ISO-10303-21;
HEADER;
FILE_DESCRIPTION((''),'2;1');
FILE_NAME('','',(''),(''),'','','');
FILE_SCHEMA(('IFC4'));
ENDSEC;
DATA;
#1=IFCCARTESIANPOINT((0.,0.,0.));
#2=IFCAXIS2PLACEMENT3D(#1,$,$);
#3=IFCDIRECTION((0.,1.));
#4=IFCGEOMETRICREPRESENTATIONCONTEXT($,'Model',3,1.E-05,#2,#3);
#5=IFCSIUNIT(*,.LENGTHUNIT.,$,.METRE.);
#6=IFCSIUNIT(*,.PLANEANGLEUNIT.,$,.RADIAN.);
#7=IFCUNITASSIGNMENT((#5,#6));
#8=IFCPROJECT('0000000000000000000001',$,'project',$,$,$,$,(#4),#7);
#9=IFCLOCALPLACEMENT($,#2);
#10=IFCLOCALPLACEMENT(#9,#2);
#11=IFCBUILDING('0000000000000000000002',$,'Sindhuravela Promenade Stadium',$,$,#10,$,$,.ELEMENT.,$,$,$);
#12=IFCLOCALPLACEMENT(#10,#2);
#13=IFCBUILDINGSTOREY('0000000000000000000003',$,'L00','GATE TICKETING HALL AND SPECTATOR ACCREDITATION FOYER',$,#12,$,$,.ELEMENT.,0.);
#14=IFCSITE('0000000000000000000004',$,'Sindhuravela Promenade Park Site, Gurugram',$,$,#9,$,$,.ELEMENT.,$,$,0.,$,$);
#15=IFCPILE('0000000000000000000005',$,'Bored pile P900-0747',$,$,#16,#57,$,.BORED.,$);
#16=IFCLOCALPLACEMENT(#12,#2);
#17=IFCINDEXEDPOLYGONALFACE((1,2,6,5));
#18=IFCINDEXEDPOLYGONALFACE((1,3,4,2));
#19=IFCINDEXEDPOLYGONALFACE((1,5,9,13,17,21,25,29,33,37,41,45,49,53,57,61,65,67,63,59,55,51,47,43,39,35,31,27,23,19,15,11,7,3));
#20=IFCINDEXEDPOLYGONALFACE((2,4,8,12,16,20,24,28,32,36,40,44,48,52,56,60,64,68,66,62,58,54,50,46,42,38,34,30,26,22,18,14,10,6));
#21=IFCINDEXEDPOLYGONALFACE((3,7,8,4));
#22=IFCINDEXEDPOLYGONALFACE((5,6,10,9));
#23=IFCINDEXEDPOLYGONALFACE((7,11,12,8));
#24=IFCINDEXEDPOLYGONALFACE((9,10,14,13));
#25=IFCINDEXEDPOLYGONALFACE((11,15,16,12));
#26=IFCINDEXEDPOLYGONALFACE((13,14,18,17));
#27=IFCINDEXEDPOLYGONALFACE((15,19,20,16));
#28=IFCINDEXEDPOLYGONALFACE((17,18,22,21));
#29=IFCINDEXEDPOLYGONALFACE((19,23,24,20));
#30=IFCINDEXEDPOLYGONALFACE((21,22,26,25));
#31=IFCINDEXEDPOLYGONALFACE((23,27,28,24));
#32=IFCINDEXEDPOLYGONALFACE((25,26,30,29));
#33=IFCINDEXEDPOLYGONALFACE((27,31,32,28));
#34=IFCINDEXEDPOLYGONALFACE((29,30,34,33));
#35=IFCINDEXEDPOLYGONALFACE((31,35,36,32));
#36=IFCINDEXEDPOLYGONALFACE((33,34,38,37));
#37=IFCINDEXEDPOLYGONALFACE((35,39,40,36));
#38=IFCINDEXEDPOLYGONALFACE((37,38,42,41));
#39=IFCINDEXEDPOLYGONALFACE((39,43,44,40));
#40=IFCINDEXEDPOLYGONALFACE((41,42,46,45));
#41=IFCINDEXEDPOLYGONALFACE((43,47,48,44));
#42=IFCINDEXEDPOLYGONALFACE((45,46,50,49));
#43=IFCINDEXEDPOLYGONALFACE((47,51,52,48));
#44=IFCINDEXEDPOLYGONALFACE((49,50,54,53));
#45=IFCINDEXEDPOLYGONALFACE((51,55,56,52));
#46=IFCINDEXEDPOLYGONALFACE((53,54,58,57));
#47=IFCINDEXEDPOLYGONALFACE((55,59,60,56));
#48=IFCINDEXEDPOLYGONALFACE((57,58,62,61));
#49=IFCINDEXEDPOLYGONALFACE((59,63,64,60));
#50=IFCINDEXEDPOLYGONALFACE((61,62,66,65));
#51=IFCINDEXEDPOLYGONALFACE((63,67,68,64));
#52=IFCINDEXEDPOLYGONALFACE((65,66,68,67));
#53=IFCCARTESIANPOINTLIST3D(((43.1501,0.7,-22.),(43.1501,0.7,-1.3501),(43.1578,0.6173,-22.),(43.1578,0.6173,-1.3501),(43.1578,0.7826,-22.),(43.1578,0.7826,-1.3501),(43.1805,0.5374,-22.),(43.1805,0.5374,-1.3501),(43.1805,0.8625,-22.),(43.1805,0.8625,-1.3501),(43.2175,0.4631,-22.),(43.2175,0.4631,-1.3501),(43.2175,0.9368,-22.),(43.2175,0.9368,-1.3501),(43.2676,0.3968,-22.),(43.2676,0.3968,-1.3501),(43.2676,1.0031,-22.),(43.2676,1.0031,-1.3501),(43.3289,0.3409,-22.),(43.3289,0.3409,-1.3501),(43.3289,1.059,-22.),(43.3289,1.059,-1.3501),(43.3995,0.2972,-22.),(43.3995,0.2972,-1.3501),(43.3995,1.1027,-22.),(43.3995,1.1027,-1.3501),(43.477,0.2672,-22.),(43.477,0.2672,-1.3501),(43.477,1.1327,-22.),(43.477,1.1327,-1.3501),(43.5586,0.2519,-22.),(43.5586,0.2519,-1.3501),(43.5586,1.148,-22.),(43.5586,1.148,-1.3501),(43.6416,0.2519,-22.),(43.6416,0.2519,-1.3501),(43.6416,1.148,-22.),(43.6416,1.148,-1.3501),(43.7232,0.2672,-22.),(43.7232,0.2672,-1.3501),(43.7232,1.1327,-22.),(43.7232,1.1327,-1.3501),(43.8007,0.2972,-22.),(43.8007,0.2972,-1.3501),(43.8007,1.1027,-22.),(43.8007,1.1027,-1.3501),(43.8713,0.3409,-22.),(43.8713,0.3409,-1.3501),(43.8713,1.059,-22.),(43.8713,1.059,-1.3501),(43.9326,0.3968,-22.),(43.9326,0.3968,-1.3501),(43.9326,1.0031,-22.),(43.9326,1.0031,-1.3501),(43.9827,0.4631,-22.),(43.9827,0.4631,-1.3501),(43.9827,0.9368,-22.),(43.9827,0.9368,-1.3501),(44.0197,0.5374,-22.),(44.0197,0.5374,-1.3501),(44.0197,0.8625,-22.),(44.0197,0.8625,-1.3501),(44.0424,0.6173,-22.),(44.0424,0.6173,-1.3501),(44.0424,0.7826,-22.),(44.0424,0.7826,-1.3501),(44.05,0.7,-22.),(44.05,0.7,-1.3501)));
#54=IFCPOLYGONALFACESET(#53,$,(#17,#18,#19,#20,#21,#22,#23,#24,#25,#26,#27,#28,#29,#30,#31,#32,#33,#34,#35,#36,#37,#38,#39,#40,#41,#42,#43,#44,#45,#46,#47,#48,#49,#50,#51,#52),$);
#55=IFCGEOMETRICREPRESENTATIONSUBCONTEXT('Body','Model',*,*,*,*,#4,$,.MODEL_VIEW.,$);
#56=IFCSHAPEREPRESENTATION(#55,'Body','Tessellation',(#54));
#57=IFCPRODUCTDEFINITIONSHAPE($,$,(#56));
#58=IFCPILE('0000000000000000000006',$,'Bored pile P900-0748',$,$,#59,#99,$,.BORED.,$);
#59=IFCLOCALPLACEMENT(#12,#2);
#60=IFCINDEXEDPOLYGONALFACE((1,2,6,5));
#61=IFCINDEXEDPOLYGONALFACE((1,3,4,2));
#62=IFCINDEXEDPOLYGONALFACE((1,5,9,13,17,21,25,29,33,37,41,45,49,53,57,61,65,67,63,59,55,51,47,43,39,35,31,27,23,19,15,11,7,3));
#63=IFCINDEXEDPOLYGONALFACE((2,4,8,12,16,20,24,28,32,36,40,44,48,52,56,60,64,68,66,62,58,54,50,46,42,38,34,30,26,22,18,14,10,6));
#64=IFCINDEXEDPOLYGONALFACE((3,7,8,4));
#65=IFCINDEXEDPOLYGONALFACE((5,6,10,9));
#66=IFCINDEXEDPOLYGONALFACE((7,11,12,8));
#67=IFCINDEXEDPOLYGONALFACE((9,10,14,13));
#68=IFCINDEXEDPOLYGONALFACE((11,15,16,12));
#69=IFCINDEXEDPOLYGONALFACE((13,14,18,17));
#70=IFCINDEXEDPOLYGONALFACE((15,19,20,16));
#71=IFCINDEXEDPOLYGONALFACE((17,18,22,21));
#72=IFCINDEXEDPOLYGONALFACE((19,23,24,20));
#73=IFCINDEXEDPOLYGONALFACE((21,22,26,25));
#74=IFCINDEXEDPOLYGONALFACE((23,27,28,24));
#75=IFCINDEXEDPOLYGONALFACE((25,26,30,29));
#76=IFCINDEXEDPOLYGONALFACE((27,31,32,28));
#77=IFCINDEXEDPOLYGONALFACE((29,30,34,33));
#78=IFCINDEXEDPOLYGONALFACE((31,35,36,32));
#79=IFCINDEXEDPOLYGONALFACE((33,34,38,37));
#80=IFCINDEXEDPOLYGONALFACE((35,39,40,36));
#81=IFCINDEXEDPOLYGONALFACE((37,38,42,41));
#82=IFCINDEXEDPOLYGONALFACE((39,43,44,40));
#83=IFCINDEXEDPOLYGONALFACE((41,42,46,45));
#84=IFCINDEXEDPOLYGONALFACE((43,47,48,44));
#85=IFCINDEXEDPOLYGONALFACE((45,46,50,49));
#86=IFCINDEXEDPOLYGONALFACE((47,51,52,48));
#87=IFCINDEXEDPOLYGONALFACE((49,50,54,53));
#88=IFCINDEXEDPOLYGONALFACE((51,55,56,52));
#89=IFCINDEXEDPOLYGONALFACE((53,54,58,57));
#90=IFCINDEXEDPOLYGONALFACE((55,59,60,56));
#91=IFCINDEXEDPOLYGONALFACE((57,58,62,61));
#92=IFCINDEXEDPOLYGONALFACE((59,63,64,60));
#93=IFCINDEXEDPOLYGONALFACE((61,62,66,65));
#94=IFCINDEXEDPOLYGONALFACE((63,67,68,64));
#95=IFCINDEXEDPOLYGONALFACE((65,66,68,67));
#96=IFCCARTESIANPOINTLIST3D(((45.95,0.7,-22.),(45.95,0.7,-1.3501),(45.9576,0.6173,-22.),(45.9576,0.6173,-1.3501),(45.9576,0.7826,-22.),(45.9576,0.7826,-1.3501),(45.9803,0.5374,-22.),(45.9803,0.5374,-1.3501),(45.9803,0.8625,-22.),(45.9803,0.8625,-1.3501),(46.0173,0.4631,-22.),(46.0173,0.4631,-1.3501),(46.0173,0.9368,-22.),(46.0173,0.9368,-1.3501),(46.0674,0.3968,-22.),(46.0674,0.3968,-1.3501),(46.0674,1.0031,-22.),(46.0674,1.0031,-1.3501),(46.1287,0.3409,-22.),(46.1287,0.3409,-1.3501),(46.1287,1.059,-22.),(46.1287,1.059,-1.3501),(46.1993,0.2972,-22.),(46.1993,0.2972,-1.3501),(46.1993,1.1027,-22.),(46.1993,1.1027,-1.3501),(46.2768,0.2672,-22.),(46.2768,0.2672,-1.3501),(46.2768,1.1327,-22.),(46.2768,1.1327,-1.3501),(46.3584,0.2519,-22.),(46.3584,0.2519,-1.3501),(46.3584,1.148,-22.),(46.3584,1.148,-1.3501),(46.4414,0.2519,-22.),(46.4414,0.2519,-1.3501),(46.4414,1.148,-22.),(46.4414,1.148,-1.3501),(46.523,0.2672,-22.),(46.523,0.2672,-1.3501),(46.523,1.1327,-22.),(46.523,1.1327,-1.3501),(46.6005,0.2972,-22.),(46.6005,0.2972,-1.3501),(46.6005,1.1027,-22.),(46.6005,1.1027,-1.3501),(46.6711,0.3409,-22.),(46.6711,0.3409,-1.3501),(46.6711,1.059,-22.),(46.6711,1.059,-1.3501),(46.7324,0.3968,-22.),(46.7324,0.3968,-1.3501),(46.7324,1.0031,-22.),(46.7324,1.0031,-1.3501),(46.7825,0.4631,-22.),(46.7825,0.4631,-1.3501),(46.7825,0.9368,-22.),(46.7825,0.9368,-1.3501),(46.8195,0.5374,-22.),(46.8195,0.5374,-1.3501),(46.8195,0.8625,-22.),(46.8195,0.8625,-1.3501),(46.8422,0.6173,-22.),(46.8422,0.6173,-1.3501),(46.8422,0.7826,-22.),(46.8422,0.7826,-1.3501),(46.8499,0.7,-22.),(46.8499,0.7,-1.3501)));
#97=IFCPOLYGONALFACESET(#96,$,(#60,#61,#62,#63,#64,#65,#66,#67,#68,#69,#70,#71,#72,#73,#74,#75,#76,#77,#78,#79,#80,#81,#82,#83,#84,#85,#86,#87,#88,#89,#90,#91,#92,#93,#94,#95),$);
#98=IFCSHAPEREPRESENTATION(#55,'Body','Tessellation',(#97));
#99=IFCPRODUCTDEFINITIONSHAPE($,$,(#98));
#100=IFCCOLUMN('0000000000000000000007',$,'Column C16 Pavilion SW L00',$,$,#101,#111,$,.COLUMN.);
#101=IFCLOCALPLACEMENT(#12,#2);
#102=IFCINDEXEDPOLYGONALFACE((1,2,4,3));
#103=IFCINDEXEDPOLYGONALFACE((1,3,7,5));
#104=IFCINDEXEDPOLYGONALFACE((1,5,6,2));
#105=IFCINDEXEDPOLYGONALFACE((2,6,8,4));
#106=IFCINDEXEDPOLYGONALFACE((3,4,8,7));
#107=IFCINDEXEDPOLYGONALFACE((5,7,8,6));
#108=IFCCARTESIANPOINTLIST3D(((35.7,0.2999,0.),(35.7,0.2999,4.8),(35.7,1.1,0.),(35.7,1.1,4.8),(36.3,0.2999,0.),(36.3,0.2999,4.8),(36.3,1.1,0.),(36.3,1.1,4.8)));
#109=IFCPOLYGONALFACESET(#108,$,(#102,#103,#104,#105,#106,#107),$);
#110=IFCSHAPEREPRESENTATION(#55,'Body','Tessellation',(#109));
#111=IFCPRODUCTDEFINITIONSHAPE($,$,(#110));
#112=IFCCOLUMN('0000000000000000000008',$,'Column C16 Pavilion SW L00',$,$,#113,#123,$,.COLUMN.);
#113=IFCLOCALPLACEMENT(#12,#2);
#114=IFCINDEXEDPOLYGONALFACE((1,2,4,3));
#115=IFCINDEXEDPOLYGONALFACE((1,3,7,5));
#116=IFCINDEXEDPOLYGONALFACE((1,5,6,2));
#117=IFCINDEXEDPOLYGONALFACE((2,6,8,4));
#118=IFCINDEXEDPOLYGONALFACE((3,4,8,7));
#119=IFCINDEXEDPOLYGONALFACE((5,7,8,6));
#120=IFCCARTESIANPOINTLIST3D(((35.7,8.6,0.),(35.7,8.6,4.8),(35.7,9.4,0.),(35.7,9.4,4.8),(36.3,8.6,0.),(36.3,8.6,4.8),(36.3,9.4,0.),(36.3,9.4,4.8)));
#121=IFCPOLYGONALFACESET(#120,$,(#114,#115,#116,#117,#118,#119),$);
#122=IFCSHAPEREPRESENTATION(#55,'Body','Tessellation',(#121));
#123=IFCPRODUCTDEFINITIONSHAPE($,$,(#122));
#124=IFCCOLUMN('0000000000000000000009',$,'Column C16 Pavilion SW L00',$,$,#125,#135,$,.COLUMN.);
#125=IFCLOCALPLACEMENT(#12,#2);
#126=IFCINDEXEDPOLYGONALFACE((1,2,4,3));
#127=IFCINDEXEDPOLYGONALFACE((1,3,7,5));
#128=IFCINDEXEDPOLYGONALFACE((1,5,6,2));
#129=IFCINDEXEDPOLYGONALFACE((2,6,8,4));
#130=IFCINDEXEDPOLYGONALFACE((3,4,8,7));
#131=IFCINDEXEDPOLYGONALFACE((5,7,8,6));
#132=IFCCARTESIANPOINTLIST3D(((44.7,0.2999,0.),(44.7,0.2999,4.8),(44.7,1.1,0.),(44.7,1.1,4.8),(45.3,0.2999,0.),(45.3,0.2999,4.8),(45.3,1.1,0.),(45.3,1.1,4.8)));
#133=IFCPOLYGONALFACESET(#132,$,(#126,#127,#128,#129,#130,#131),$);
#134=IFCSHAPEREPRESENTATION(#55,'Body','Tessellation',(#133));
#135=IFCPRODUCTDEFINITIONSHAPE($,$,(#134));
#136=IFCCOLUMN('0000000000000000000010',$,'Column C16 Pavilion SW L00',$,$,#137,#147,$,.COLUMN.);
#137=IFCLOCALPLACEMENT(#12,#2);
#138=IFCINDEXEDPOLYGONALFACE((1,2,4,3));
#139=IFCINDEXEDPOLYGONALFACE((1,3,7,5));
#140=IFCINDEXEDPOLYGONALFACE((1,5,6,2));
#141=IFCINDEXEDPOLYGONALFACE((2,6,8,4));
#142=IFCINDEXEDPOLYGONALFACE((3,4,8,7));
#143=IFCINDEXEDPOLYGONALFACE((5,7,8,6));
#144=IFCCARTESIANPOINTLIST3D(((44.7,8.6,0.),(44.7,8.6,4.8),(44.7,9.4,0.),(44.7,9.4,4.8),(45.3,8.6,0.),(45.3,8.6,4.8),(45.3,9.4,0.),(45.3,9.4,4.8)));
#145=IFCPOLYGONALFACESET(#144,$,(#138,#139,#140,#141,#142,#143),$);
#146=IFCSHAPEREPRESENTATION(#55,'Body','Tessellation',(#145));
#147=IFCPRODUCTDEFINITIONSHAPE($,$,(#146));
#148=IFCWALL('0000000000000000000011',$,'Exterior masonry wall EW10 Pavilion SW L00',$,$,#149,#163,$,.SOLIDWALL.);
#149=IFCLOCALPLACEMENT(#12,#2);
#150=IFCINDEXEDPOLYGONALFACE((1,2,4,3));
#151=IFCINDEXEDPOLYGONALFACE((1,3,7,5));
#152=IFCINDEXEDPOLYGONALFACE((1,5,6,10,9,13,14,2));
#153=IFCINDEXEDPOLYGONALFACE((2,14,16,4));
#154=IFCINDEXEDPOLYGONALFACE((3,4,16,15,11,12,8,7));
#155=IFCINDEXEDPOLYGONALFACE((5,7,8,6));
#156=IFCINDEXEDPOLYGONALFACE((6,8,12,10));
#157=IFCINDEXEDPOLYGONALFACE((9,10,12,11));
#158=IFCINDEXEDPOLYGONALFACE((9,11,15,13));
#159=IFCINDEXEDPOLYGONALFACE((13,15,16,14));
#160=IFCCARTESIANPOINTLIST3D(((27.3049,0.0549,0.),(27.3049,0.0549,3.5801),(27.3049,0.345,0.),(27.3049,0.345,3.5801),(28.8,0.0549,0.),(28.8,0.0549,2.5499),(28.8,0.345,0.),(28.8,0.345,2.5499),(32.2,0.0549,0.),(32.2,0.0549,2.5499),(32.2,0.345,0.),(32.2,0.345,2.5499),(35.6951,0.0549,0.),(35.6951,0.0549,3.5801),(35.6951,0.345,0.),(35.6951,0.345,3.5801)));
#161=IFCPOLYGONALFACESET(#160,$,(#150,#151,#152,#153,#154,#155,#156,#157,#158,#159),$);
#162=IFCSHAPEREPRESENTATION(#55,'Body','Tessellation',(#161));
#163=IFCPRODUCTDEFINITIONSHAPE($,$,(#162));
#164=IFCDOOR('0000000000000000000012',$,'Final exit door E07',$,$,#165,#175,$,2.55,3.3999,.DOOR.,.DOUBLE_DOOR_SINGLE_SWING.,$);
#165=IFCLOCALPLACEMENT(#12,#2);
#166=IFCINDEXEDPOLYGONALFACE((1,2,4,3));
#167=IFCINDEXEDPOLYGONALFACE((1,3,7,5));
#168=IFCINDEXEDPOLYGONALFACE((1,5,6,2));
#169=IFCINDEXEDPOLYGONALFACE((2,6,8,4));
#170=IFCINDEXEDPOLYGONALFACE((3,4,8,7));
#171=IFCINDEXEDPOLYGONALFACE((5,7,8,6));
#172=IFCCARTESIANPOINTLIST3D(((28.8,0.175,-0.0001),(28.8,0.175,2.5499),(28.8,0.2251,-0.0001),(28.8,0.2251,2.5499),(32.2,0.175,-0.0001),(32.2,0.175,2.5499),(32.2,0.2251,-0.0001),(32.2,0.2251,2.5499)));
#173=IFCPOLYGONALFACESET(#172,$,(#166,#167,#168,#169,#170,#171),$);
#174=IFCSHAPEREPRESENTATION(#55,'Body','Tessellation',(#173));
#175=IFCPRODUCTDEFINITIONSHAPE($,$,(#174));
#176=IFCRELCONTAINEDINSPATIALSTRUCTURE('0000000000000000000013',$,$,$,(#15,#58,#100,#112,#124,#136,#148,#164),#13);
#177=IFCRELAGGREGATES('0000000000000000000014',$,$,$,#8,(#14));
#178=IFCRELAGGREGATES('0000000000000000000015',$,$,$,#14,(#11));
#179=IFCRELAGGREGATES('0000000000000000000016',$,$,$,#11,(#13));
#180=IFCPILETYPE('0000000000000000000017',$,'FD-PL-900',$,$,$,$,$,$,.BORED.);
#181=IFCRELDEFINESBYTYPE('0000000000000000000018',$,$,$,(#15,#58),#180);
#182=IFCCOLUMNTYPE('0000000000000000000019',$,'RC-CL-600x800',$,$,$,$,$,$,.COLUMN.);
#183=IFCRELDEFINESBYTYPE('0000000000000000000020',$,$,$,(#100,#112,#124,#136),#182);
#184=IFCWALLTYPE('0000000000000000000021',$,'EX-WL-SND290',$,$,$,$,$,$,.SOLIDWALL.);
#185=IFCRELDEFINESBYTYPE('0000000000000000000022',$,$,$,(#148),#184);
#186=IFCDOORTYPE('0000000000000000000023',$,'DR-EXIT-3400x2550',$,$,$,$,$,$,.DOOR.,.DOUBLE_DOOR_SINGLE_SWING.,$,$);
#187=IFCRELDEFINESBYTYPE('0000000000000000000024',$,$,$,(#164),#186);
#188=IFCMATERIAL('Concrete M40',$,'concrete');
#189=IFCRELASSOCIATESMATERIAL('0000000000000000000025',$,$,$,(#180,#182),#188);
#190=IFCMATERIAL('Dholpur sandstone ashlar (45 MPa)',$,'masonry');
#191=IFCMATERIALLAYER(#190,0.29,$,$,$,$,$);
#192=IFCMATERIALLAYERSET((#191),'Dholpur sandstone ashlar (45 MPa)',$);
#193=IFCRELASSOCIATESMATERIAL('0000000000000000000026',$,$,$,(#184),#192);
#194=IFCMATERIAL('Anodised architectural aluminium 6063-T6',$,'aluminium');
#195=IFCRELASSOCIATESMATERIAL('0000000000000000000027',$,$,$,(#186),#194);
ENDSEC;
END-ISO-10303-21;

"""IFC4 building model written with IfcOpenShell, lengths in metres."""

from ifc_helpers import new_model, si_unit, direction, frame, frame_2d, origin, origin_2d, place, context, subcontext, project, spatial, rectangle, circle, extrude, material, layer, layer_set, material_profile, profile_set, type_object, element, fill, save


model = new_model("IFC4")

# Units and contexts
model_context = context("Model", 3, precision=1e-05, world=origin(), true_north=direction((0.0, 1.0)))
body_context = subcontext(model_context, "Body", "Model", "MODEL_VIEW")
ifc_project = project(units=[si_unit("LENGTHUNIT", "METRE"), si_unit("PLANEANGLEUNIT", "RADIAN")], contexts=[model_context])

# Site, building, storey
site_placement = place(None, origin())
site = spatial("IfcSite", under=ifc_project, at=site_placement, Name="Sindhuravela Promenade Park Site, Gurugram", CompositionType="ELEMENT", RefElevation=0.0)
building_placement = place(site_placement, origin())
building = spatial("IfcBuilding", under=site, at=building_placement, Name="Sindhuravela Promenade Stadium", CompositionType="ELEMENT")
storey_placement = place(building_placement, origin())
storey = spatial("IfcBuildingStorey", under=building, at=storey_placement, Name="L00", Description="GATE TICKETING HALL AND SPECTATOR ACCREDITATION FOYER", CompositionType="ELEMENT", Elevation=0.0)

# Piles
ifc_material_1 = material(Name="Concrete M40", Category="concrete")
ifc_material_profile_1 = material_profile(ifc_material_1, circle(Radius=0.45, at=origin_2d()), Name="BORED PILE D900")
ifc_profile_set_1 = profile_set([ifc_material_profile_1], Name="Concrete M40")
pile_type_1 = type_object("IfcPileType", Name="FD-PL-900", PredefinedType="BORED", material=ifc_profile_set_1)
for number, where, z_axis, x_axis, name in (
    (1, (43.6001, 0.7, -1.3501), (0.0, 0.0, -1.0), (1.0, 0.0, 0.0), "Bored pile P900-0747"),
    (2, (46.3999, 0.7, -1.3501), (0.0, 0.0, -1.0), (1.0, 0.0, 0.0), "Bored pile P900-0748"),
):
    element("IfcPile", number, at=place(storey_placement, frame(where, z_axis=z_axis, x_axis=x_axis)), inside=storey, type_object=pile_type_1, Name=name, PredefinedType="BORED", context=body_context, shape_type="SweptSolid", body=[
        extrude(circle(Radius=0.45, at=origin_2d()), origin(), (0.0, 0.0, 1.0), 20.6499),
    ])

# Columns
ifc_material_profile_2 = material_profile(ifc_material_1, rectangle(XDim=0.6001, YDim=0.8, at=origin_2d()), Name="RC 600x800")
ifc_profile_set_2 = profile_set([ifc_material_profile_2], Name="Concrete M40")
column_type = type_object("IfcColumnType", Name="RC-CL-600x800", PredefinedType="COLUMN", material=ifc_profile_set_2)
for number, where, z_axis, x_axis, name in (
    (3, (36.0, 0.7, 0.0), (0.0, 0.0, 1.0), (1.0, 0.0, 0.0), "Column C16 Pavilion SW L00"),
    (4, (36.0, 9.0, 0.0), (0.0, 0.0, 1.0), (1.0, 0.0, 0.0), "Column C16 Pavilion SW L00"),
    (5, (45.0, 0.7, 0.0), (0.0, 0.0, 1.0), (1.0, 0.0, 0.0), "Column C16 Pavilion SW L00"),
    (6, (45.0, 9.0, 0.0), (0.0, 0.0, 1.0), (1.0, 0.0, 0.0), "Column C16 Pavilion SW L00"),
):
    element("IfcColumn", number, at=place(storey_placement, frame(where, z_axis=z_axis, x_axis=x_axis)), inside=storey, type_object=column_type, Name=name, PredefinedType="COLUMN", context=body_context, shape_type="SweptSolid", body=[
        extrude(rectangle(XDim=0.6001, YDim=0.8, at=origin_2d()), origin(), (0.0, 0.0, 1.0), 4.8),
    ])

# Wall, opening, door
ifc_material_2 = material(Name="Dholpur sandstone ashlar (45 MPa)", Category="masonry")
ifc_layer_1 = layer(ifc_material_2, 0.29)
ifc_layer_set_1 = layer_set([ifc_layer_1], Name="Dholpur sandstone ashlar (45 MPa)")
wall_type_1 = type_object("IfcWallType", Name="EX-WL-SND290", PredefinedType="SOLIDWALL", material=ifc_layer_set_1)
wall_1_placement = place(storey_placement, frame((35.6951, 0.2, 0.0), z_axis=(0.0, 0.0, 1.0), x_axis=(-1.0, 0.0, 0.0)))
wall_1 = element("IfcWall", 7, at=wall_1_placement, inside=storey, type_object=wall_type_1, Name="Exterior masonry wall EW10 Pavilion SW L00", PredefinedType="SOLIDWALL", context=body_context, shape_type="SweptSolid", body=[
    extrude(rectangle(XDim=8.3901, YDim=0.29, at=frame_2d((4.1951, 0.0))), origin(), (0.0, 0.0, 1.0), 3.5801),
])
opening_1_placement = place(wall_1_placement, frame((3.4951, 0.0, 0.0)))
opening_1 = element("IfcOpeningElement", 8, at=opening_1_placement, cuts=wall_1, PredefinedType="OPENING", context=body_context, shape_type="SweptSolid", body=[
    extrude(rectangle(XDim=3.3999, YDim=2.55, at=frame_2d((1.7, 1.2749))), frame((0.0, 0.155, 0.0), z_axis=(0.0, -1.0, 0.0), x_axis=(1.0, 0.0, 0.0)), (0.0, 0.0, 1.0), 0.3101),
])
ifc_material_3 = material(Name="Anodised architectural aluminium 6063-T6", Category="aluminium")
door_type_1 = type_object("IfcDoorType", Name="DR-EXIT-3400x2550", OperationType="DOUBLE_DOOR_SINGLE_SWING", PredefinedType="DOOR", material=ifc_material_3)
door_1_placement = place(opening_1_placement, origin())
door_1 = element("IfcDoor", 9, at=door_1_placement, inside=storey, type_object=door_type_1, Name="Final exit door E07", OperationType="DOUBLE_DOOR_SINGLE_SWING", OverallHeight=2.55, OverallWidth=3.3999, PredefinedType="DOOR", context=body_context, shape_type="SweptSolid", body=[
    extrude(rectangle(XDim=3.3999, YDim=2.55, at=frame_2d((1.7, 1.2749))), frame((0.0, 0.0249, 0.0), z_axis=(0.0, -1.0, 0.0), x_axis=(1.0, 0.0, 0.0)), (0.0, 0.0, 1.0), 0.05),
])
fill(opening_1, door_1)

save(model, "model.ifc")
